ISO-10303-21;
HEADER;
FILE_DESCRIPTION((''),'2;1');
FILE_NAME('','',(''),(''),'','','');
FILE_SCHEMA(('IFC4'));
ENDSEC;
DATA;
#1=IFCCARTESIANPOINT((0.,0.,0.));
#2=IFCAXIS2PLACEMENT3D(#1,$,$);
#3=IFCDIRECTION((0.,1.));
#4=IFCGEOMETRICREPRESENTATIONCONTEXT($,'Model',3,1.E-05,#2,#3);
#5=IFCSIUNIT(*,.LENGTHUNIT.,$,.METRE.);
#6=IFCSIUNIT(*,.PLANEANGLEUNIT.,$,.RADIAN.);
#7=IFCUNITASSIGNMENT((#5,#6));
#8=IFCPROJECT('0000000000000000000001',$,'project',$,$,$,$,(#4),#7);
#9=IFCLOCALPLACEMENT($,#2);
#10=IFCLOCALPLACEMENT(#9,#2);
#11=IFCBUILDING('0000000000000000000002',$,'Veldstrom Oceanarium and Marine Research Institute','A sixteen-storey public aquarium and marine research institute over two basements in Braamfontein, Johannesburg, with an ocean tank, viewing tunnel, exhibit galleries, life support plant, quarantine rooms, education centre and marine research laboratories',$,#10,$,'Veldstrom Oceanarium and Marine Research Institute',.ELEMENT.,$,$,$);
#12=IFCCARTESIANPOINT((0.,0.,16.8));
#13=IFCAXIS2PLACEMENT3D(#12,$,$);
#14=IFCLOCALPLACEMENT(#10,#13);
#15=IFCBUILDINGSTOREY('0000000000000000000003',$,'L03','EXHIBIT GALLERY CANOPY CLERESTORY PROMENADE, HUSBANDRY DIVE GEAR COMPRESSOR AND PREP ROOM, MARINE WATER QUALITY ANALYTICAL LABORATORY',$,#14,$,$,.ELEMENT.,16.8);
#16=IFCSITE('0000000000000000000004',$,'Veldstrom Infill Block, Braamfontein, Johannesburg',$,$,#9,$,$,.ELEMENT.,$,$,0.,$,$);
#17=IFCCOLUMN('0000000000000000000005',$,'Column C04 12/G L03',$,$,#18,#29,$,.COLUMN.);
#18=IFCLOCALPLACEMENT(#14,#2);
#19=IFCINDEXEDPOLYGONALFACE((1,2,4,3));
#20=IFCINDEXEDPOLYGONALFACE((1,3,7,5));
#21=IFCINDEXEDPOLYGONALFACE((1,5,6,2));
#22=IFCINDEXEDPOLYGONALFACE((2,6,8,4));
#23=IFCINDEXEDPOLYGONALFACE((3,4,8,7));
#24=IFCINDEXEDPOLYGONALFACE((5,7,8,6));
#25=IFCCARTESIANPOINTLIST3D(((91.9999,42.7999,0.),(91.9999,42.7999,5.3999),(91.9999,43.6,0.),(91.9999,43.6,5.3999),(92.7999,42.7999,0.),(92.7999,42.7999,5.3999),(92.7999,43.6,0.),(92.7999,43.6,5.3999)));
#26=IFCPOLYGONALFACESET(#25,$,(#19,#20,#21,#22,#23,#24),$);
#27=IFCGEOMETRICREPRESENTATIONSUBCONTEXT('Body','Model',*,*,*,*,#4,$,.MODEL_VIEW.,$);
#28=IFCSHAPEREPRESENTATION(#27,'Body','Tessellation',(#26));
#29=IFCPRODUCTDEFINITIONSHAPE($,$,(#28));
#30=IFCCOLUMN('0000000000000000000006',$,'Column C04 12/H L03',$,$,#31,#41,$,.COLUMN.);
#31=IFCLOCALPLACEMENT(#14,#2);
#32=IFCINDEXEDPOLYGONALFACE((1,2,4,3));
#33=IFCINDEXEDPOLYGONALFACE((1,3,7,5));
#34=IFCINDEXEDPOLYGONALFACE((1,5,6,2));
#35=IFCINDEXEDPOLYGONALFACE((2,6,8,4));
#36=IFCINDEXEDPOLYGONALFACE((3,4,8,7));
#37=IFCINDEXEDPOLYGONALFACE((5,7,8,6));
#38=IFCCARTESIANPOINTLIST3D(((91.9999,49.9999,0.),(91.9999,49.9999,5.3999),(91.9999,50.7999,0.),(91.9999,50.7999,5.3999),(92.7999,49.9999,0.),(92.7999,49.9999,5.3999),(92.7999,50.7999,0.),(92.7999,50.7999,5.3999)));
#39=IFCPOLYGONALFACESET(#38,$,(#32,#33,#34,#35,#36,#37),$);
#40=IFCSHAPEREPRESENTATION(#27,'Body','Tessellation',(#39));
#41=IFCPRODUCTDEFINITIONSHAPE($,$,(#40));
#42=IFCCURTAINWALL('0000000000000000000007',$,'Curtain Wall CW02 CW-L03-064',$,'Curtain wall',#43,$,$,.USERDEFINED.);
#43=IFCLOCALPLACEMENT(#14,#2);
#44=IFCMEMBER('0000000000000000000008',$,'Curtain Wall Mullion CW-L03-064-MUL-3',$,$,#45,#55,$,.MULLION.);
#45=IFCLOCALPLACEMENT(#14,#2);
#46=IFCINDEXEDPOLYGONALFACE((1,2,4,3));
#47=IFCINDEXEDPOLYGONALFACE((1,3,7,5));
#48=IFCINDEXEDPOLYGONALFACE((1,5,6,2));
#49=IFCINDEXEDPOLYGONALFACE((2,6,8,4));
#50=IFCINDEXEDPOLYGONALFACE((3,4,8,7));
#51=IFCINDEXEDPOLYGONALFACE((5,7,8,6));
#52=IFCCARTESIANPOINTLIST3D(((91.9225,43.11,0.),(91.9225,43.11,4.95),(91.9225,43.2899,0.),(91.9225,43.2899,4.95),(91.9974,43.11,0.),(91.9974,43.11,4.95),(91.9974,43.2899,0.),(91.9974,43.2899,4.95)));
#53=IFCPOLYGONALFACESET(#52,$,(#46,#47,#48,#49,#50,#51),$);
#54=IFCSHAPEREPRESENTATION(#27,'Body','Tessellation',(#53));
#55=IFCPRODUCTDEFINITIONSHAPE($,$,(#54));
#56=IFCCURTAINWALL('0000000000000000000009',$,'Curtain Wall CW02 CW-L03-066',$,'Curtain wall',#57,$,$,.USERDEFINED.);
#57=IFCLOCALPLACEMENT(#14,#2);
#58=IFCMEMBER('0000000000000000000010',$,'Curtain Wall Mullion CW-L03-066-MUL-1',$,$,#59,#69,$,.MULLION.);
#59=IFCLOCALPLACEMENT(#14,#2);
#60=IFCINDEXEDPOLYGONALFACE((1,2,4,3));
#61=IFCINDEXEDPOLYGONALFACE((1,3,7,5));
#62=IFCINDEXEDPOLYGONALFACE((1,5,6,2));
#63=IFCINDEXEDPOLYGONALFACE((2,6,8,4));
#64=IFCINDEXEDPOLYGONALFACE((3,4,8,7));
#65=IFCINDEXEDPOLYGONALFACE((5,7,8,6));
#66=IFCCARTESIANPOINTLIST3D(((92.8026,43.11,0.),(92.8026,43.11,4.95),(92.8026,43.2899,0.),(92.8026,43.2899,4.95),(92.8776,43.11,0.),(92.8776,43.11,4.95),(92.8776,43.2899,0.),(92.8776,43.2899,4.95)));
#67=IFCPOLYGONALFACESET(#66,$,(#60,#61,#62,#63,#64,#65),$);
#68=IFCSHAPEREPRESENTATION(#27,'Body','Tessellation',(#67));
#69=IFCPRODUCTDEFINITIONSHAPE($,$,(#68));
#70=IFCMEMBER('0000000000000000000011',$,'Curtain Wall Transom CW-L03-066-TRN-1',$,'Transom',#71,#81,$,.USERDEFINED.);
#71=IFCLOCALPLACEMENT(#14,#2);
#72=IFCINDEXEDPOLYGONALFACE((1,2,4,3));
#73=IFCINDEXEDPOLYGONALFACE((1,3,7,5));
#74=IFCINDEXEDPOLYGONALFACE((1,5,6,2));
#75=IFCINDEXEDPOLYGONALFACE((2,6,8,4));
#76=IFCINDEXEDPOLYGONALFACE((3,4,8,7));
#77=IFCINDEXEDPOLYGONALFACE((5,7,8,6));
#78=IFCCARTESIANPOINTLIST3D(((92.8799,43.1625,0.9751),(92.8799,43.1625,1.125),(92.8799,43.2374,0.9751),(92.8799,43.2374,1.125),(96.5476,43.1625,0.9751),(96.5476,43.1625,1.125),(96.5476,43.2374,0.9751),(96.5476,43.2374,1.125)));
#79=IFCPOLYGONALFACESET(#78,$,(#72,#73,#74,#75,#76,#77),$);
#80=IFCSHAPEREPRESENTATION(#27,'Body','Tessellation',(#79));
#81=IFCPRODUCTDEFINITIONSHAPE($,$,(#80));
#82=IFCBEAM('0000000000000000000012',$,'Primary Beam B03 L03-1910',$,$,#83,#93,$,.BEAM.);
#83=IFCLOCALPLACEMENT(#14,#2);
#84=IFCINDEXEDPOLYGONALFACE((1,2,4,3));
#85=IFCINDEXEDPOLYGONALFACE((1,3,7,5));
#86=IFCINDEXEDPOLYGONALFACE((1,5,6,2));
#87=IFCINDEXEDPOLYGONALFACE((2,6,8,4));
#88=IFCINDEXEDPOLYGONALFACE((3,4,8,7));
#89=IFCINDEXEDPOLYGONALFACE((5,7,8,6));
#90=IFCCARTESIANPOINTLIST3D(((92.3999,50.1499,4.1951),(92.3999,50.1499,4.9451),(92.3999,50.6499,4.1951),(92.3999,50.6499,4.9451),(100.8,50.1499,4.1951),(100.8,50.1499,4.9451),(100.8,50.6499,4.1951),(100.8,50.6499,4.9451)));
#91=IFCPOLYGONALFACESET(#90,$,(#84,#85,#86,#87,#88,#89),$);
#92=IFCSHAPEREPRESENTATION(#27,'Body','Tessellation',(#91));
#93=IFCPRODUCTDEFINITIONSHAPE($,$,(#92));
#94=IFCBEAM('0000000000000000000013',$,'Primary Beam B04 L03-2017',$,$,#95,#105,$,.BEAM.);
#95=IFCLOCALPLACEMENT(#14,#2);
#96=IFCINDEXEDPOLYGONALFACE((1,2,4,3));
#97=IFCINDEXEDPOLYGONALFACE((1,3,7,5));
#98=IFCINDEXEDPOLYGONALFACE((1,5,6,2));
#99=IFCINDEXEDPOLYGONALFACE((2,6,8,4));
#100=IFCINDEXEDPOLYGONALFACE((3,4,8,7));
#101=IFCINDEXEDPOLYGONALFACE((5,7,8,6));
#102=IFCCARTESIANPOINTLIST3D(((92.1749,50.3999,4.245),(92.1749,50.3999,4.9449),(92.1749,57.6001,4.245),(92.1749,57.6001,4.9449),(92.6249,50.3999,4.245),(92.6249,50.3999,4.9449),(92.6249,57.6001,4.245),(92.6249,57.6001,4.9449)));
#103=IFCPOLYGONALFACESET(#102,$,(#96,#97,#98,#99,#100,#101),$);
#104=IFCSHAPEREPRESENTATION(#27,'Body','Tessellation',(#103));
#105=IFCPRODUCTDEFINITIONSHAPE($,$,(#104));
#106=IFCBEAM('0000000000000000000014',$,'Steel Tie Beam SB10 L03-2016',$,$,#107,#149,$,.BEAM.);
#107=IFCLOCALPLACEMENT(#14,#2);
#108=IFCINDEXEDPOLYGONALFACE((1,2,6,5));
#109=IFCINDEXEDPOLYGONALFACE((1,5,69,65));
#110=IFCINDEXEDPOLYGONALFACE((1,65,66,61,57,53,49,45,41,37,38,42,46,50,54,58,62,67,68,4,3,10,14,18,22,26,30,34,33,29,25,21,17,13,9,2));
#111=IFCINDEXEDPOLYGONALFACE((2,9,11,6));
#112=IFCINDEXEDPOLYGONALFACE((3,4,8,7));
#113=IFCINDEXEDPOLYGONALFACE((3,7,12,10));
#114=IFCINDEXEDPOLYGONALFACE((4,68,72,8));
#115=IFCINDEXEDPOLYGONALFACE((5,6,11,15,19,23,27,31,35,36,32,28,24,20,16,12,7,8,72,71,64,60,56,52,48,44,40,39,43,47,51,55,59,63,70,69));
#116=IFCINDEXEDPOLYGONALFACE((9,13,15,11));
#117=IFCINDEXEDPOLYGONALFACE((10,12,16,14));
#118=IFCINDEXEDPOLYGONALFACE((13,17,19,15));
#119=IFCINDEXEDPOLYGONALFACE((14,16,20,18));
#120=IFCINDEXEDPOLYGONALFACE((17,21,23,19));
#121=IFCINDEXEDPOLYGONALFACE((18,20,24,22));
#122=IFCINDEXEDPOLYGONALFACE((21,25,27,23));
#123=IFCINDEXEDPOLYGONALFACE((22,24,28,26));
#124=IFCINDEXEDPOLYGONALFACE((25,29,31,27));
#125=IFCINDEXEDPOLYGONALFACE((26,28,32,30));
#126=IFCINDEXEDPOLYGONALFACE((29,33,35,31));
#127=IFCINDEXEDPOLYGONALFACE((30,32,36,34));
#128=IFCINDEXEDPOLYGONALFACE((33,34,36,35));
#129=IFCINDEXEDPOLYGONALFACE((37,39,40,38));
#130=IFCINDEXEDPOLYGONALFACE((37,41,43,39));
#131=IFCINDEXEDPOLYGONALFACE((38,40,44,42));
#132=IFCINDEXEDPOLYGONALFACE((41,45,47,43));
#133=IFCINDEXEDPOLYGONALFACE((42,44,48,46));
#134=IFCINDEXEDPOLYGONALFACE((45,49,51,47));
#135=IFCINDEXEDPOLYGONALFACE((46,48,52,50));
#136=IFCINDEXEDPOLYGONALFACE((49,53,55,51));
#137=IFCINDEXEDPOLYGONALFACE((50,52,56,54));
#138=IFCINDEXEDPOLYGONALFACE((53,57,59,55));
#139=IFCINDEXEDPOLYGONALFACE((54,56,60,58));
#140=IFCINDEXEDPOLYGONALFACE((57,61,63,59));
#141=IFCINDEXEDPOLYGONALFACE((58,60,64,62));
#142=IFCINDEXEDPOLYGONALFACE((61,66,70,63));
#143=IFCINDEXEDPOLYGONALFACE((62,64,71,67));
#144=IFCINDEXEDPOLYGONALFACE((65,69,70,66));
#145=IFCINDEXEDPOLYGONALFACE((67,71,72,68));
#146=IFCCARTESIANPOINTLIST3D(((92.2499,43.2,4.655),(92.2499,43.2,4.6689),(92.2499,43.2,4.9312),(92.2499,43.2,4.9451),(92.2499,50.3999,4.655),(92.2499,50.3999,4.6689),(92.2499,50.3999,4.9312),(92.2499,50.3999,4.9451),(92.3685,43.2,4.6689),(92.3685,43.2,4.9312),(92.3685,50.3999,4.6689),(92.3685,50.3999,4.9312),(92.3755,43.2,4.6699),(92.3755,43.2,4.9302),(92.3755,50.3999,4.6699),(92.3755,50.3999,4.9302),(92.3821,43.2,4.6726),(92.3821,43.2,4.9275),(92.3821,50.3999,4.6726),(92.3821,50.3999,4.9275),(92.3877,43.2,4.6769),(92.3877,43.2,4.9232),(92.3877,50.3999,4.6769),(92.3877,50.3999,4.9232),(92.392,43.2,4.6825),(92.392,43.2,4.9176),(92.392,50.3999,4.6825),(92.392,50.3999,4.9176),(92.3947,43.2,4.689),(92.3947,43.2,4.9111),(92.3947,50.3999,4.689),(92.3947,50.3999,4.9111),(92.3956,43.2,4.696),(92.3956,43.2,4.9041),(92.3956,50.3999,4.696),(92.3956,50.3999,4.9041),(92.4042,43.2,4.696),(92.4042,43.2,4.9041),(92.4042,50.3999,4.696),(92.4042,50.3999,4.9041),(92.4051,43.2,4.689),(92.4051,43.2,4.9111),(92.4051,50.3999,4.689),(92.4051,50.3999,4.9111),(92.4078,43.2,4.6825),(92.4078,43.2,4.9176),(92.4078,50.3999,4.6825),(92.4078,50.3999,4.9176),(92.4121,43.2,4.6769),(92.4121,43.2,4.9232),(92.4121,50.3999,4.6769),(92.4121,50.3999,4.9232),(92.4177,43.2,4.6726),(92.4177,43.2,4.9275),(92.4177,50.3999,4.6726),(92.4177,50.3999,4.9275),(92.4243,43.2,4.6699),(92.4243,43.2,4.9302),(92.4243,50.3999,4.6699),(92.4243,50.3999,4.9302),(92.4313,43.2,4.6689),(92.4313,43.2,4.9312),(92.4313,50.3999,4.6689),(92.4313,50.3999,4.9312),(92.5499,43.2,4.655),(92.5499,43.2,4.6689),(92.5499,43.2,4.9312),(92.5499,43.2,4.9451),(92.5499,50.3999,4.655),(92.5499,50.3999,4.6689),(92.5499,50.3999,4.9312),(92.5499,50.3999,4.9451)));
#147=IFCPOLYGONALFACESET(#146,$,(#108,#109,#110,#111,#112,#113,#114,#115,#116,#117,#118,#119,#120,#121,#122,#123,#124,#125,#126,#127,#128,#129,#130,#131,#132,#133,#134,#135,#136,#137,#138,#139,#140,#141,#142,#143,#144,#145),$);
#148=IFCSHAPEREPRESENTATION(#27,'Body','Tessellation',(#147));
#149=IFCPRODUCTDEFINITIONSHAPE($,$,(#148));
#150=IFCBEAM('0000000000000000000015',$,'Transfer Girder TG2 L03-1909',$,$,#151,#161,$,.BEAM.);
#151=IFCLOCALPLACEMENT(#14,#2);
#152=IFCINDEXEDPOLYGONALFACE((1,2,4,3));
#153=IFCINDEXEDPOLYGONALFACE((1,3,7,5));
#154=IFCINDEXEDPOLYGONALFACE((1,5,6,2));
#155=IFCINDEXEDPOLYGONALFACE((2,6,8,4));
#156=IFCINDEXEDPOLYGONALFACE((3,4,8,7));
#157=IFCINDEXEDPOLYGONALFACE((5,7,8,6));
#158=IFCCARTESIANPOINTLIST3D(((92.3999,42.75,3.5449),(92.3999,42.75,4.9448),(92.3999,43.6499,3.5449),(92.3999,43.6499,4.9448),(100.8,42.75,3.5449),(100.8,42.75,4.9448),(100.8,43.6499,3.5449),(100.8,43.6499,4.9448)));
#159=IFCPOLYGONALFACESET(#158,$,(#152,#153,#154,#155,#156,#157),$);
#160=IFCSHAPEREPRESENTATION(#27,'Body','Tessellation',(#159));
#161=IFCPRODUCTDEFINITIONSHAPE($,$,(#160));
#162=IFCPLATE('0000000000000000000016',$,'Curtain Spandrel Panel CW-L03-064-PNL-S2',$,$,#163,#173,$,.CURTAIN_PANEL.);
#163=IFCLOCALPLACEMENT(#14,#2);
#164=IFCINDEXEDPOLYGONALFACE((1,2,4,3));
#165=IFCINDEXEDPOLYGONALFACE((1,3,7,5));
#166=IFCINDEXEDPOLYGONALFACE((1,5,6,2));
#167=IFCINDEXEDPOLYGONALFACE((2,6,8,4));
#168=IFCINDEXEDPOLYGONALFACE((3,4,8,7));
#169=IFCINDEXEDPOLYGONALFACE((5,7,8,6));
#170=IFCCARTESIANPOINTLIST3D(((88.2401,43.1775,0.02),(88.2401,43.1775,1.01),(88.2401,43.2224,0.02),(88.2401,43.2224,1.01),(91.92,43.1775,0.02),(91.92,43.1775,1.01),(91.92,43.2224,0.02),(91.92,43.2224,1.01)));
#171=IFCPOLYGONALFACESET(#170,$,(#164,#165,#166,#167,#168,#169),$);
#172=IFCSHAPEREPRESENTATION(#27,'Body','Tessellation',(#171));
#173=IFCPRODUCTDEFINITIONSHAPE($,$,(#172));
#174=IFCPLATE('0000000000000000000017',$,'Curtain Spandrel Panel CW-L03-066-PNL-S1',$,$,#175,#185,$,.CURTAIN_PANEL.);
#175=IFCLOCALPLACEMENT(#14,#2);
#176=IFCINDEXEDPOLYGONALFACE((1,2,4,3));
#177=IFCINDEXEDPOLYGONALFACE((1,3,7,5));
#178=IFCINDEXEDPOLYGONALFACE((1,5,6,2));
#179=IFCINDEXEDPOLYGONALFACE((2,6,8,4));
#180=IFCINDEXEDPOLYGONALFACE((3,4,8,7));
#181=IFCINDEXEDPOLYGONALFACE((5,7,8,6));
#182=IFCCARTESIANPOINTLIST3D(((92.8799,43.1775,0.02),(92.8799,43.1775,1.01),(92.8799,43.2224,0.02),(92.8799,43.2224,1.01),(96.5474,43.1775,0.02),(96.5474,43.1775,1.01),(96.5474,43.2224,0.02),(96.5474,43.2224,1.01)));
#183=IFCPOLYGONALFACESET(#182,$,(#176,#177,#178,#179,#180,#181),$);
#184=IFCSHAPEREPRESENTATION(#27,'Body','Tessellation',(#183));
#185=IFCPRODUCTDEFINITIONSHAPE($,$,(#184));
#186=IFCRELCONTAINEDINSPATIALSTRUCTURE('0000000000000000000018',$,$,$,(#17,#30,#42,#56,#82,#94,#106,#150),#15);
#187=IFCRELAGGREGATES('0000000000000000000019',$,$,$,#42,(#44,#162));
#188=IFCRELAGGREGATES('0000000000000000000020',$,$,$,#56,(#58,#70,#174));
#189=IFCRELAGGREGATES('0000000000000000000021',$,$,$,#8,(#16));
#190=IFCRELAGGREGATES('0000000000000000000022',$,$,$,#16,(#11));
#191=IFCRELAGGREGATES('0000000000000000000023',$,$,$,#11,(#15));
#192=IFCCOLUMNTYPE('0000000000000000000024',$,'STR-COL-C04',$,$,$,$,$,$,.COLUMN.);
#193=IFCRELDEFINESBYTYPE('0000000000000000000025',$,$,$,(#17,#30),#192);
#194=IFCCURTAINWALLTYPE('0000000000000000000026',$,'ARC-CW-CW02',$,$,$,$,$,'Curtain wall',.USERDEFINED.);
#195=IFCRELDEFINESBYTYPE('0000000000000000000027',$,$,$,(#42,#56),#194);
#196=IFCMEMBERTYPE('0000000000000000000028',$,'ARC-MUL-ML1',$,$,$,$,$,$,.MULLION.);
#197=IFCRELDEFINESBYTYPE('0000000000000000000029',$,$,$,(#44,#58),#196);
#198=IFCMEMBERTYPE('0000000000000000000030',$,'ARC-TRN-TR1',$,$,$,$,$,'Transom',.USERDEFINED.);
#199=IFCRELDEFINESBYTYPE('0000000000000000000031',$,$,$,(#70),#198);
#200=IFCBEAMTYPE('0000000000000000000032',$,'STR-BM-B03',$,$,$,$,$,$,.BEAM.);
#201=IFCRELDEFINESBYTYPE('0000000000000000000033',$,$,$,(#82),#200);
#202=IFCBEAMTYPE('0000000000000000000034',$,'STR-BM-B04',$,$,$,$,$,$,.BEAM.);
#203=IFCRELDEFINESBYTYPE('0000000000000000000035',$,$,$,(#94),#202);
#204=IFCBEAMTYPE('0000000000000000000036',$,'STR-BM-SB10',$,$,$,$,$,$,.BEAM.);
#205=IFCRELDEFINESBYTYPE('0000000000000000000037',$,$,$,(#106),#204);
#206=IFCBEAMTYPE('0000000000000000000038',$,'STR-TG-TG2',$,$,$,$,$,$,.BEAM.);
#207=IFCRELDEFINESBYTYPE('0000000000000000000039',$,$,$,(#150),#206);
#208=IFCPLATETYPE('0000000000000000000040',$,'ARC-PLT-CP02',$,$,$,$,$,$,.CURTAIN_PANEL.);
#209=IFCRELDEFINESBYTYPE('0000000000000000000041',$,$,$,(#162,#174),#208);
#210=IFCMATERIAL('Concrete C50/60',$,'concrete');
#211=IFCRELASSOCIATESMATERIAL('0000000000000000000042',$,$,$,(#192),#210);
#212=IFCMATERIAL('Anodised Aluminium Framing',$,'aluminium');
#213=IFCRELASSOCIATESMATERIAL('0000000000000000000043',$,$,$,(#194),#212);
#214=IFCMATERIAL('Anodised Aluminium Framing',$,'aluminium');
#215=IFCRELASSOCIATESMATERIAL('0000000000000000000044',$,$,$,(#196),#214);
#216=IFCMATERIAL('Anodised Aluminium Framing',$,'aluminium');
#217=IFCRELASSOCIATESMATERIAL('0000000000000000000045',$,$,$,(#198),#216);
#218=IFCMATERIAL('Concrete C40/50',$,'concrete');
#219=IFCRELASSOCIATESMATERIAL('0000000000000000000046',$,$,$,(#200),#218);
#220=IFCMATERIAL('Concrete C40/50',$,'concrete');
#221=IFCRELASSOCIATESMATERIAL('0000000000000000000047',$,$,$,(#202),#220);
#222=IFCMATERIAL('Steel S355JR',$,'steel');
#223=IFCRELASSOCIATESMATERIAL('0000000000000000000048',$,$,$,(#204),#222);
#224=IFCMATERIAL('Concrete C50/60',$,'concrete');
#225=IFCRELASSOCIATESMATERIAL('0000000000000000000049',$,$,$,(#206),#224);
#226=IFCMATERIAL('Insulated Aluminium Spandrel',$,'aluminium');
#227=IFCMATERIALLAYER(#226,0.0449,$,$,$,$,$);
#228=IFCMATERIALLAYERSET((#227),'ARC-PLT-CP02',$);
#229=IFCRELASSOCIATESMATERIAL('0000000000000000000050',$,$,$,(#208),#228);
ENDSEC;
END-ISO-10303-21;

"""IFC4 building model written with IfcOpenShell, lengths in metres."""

from ifc_helpers import new_model, si_unit, direction, frame, origin, origin_2d, place, context, subcontext, project, spatial, rectangle, i_section, extrude, material, layer, layer_set, material_profile, profile_set, type_object, element, aggregate, save


model = new_model("IFC4")

# Units and contexts
model_context = context("Model", 3, precision=1e-05, world=origin(), true_north=direction((0.0, 1.0)))
body_context = subcontext(model_context, "Body", "Model", "MODEL_VIEW")
ifc_project = project(units=[si_unit("LENGTHUNIT", "METRE"), si_unit("PLANEANGLEUNIT", "RADIAN")], contexts=[model_context])

# Site, building, storey
site_placement = place(None, origin())
site = spatial("IfcSite", under=ifc_project, at=site_placement, Name="Veldstrom Infill Block, Braamfontein, Johannesburg", CompositionType="ELEMENT", RefElevation=0.0)
building_placement = place(site_placement, origin())
building = spatial("IfcBuilding", under=site, at=building_placement, Name="Veldstrom Oceanarium and Marine Research Institute", Description="A sixteen-storey public aquarium and marine research institute over two basements in Braamfontein, Johannesburg, with an ocean tank, viewing tunnel, exhibit galleries, life support plant, quarantine rooms, education centre and marine research laboratories", LongName="Veldstrom Oceanarium and Marine Research Institute", CompositionType="ELEMENT")
storey_placement = place(building_placement, frame((0.0, 0.0, 16.8)))
storey = spatial("IfcBuildingStorey", under=building, at=storey_placement, Name="L03", Description="EXHIBIT GALLERY CANOPY CLERESTORY PROMENADE, HUSBANDRY DIVE GEAR COMPRESSOR AND PREP ROOM, MARINE WATER QUALITY ANALYTICAL LABORATORY", CompositionType="ELEMENT", Elevation=16.8)

# Columns
ifc_material_1 = material(Name="Concrete C50/60", Category="concrete")
ifc_material_profile_1 = material_profile(ifc_material_1, rectangle(XDim=0.8, YDim=0.8, at=origin_2d()), Name="RC-COL-800x800")
ifc_profile_set_1 = profile_set([ifc_material_profile_1], Name="Concrete C50/60")
column_type = type_object("IfcColumnType", Name="STR-COL-C04", PredefinedType="COLUMN", material=ifc_profile_set_1)
for number, where, z_axis, x_axis, name in (
    (1, (92.3999, 43.2, 0.0), (0.0, 0.0, 1.0), (1.0, 0.0, 0.0), "Column C04 12/G L03"),
    (2, (92.3999, 50.3999, 0.0), (0.0, 0.0, 1.0), (1.0, 0.0, 0.0), "Column C04 12/H L03"),
):
    element("IfcColumn", number, at=place(storey_placement, frame(where, z_axis=z_axis, x_axis=x_axis)), inside=storey, type_object=column_type, Name=name, PredefinedType="COLUMN", context=body_context, shape_type="SweptSolid", body=[
        extrude(rectangle(XDim=0.8, YDim=0.8, at=origin_2d()), origin(), (0.0, 0.0, 1.0), 5.3999),
    ])

# Curtain wall, member
ifc_material_2 = material(Name="Anodised Aluminium Framing", Category="aluminium")
curtain_wall_type = type_object("IfcCurtainWallType", Name="ARC-CW-CW02", ElementType="Curtain wall", PredefinedType="USERDEFINED", material=ifc_material_2)
curtain_wall_1_placement = place(storey_placement, origin())
curtain_wall_1 = element("IfcCurtainWall", 3, at=curtain_wall_1_placement, inside=storey, type_object=curtain_wall_type, Name="Curtain Wall CW02 CW-L03-064", ObjectType="Curtain wall", PredefinedType="USERDEFINED")
ifc_material_3 = material(Name="Anodised Aluminium Framing", Category="aluminium")
ifc_material_profile_2 = material_profile(ifc_material_3, rectangle(XDim=0.075, YDim=0.1799, at=origin_2d()), Name="ALU-MUL-75x180")
ifc_profile_set_2 = profile_set([ifc_material_profile_2], Name="Anodised Aluminium Framing")
member_type_1 = type_object("IfcMemberType", Name="ARC-MUL-ML1", PredefinedType="MULLION", material=ifc_profile_set_2)
member_1_placement = place(storey_placement, frame((91.96, 43.2, 0.0), z_axis=(0.0, 0.0, 1.0), x_axis=(1.0, 0.0, 0.0)))
member_1 = element("IfcMember", 4, at=member_1_placement, type_object=member_type_1, Name="Curtain Wall Mullion CW-L03-064-MUL-3", PredefinedType="MULLION", context=body_context, shape_type="SweptSolid", body=[
    extrude(rectangle(XDim=0.075, YDim=0.1799, at=origin_2d()), origin(), (0.0, 0.0, 1.0), 4.95),
])

# Curtain wall, members
curtain_wall_2_placement = place(storey_placement, origin())
curtain_wall_2 = element("IfcCurtainWall", 5, at=curtain_wall_2_placement, inside=storey, type_object=curtain_wall_type, Name="Curtain Wall CW02 CW-L03-066", ObjectType="Curtain wall", PredefinedType="USERDEFINED")
member_2_placement = place(storey_placement, frame((92.8401, 43.2, 0.0), z_axis=(0.0, 0.0, 1.0), x_axis=(1.0, 0.0, 0.0)))
member_2 = element("IfcMember", 6, at=member_2_placement, type_object=member_type_1, Name="Curtain Wall Mullion CW-L03-066-MUL-1", PredefinedType="MULLION", context=body_context, shape_type="SweptSolid", body=[
    extrude(rectangle(XDim=0.075, YDim=0.1799, at=origin_2d()), origin(), (0.0, 0.0, 1.0), 4.95),
])
ifc_material_4 = material(Name="Anodised Aluminium Framing", Category="aluminium")
ifc_material_profile_3 = material_profile(ifc_material_4, rectangle(XDim=0.075, YDim=0.1499, at=origin_2d()), Name="ALU-TRN-75x150")
ifc_profile_set_3 = profile_set([ifc_material_profile_3], Name="Anodised Aluminium Framing")
member_type_2 = type_object("IfcMemberType", Name="ARC-TRN-TR1", ElementType="Transom", PredefinedType="USERDEFINED", material=ifc_profile_set_3)
member_3_placement = place(storey_placement, frame((92.8799, 43.2, 1.05), z_axis=(1.0, 0.0, 0.0), x_axis=(0.0, 1.0, 0.0)))
member_3 = element("IfcMember", 7, at=member_3_placement, type_object=member_type_2, Name="Curtain Wall Transom CW-L03-066-TRN-1", ObjectType="Transom", PredefinedType="USERDEFINED", context=body_context, shape_type="SweptSolid", body=[
    extrude(rectangle(XDim=0.075, YDim=0.1499, at=origin_2d()), origin(), (0.0, 0.0, 1.0), 3.6677),
])

# Beams
ifc_material_5 = material(Name="Concrete C40/50", Category="concrete")
ifc_material_profile_4 = material_profile(ifc_material_5, rectangle(XDim=0.5, YDim=0.75, at=origin_2d()), Name="RC-BM-500x750")
ifc_profile_set_4 = profile_set([ifc_material_profile_4], Name="Concrete C40/50")
beam_type_1 = type_object("IfcBeamType", Name="STR-BM-B03", PredefinedType="BEAM", material=ifc_profile_set_4)
beam_1_placement = place(storey_placement, frame((92.3999, 50.3999, 4.5701), z_axis=(1.0, 0.0, 0.0), x_axis=(0.0, 1.0, 0.0)))
element("IfcBeam", 8, at=beam_1_placement, inside=storey, type_object=beam_type_1, Name="Primary Beam B03 L03-1910", PredefinedType="BEAM", context=body_context, shape_type="SweptSolid", body=[
    extrude(rectangle(XDim=0.5, YDim=0.75, at=origin_2d()), origin(), (0.0, 0.0, 1.0), 8.4001),
])
ifc_material_6 = material(Name="Concrete C40/50", Category="concrete")
ifc_material_profile_5 = material_profile(ifc_material_6, rectangle(XDim=0.45, YDim=0.7, at=origin_2d()), Name="RC-BM-450x700")
ifc_profile_set_5 = profile_set([ifc_material_profile_5], Name="Concrete C40/50")
beam_type_2 = type_object("IfcBeamType", Name="STR-BM-B04", PredefinedType="BEAM", material=ifc_profile_set_5)
beam_2_placement = place(storey_placement, frame((92.3999, 50.3999, 4.595), z_axis=(0.0, 1.0, 0.0), x_axis=(-1.0, 0.0, 0.0)))
element("IfcBeam", 9, at=beam_2_placement, inside=storey, type_object=beam_type_2, Name="Primary Beam B04 L03-2017", PredefinedType="BEAM", context=body_context, shape_type="SweptSolid", body=[
    extrude(rectangle(XDim=0.45, YDim=0.7, at=origin_2d()), origin(), (0.0, 0.0, 1.0), 7.2002),
])
ifc_material_7 = material(Name="Steel S355JR", Category="steel")
ifc_material_profile_6 = material_profile(ifc_material_7, i_section(OverallWidth=0.3, OverallDepth=0.29, WebThickness=0.0085, FlangeThickness=0.0139, FilletRadius=0.0271, at=origin_2d()), Name="HEA 300")
ifc_profile_set_6 = profile_set([ifc_material_profile_6], Name="Steel S355JR")
beam_type_3 = type_object("IfcBeamType", Name="STR-BM-SB10", PredefinedType="BEAM", material=ifc_profile_set_6)
beam_3_placement = place(storey_placement, frame((92.3999, 43.2, 4.8), z_axis=(0.0, 1.0, 0.0), x_axis=(-1.0, 0.0, 0.0)))
element("IfcBeam", 10, at=beam_3_placement, inside=storey, type_object=beam_type_3, Name="Steel Tie Beam SB10 L03-2016", PredefinedType="BEAM", context=body_context, shape_type="SweptSolid", body=[
    extrude(i_section(OverallWidth=0.3, OverallDepth=0.29, WebThickness=0.0085, FlangeThickness=0.0139, FilletRadius=0.0271, at=origin_2d()), origin(), (0.0, 0.0, 1.0), 7.2),
])
ifc_material_8 = material(Name="Concrete C50/60", Category="concrete")
ifc_material_profile_7 = material_profile(ifc_material_8, rectangle(XDim=0.8999, YDim=1.3999, at=origin_2d()), Name="RC-TG-900x1400")
ifc_profile_set_7 = profile_set([ifc_material_profile_7], Name="Concrete C50/60")
beam_type_4 = type_object("IfcBeamType", Name="STR-TG-TG2", PredefinedType="BEAM", material=ifc_profile_set_7)
beam_4_placement = place(storey_placement, frame((92.3999, 43.2, 4.2449), z_axis=(1.0, 0.0, 0.0), x_axis=(0.0, 1.0, 0.0)))
element("IfcBeam", 11, at=beam_4_placement, inside=storey, type_object=beam_type_4, Name="Transfer Girder TG2 L03-1909", PredefinedType="BEAM", context=body_context, shape_type="SweptSolid", body=[
    extrude(rectangle(XDim=0.8999, YDim=1.3999, at=origin_2d()), origin(), (0.0, 0.0, 1.0), 8.4001),
])

# Plates
ifc_material_9 = material(Name="Insulated Aluminium Spandrel", Category="aluminium")
ifc_layer_1 = layer(ifc_material_9, 0.0449)
ifc_layer_set_1 = layer_set([ifc_layer_1], Name="ARC-PLT-CP02")
plate_type_1 = type_object("IfcPlateType", Name="ARC-PLT-CP02", PredefinedType="CURTAIN_PANEL", material=ifc_layer_set_1)
plate_1_placement = place(storey_placement, frame((90.0801, 43.2, 0.02), z_axis=(0.0, 0.0, 1.0), x_axis=(1.0, 0.0, 0.0)))
plate_1 = element("IfcPlate", 12, at=plate_1_placement, type_object=plate_type_1, Name="Curtain Spandrel Panel CW-L03-064-PNL-S2", PredefinedType="CURTAIN_PANEL", context=body_context, shape_type="SweptSolid", body=[
    extrude(rectangle(XDim=3.6799, YDim=0.0449, at=origin_2d()), origin(), (0.0, 0.0, 1.0), 0.99),
])
plate_2_placement = place(storey_placement, frame((94.7136, 43.2, 0.02), z_axis=(0.0, 0.0, 1.0), x_axis=(1.0, 0.0, 0.0)))
plate_2 = element("IfcPlate", 13, at=plate_2_placement, type_object=plate_type_1, Name="Curtain Spandrel Panel CW-L03-066-PNL-S1", PredefinedType="CURTAIN_PANEL", context=body_context, shape_type="SweptSolid", body=[
    extrude(rectangle(XDim=3.6675, YDim=0.0449, at=origin_2d()), origin(), (0.0, 0.0, 1.0), 0.99),
])
aggregate(curtain_wall_1, [member_1, plate_1])
aggregate(curtain_wall_2, [member_2, member_3, plate_2])

save(model, "model.ifc")
